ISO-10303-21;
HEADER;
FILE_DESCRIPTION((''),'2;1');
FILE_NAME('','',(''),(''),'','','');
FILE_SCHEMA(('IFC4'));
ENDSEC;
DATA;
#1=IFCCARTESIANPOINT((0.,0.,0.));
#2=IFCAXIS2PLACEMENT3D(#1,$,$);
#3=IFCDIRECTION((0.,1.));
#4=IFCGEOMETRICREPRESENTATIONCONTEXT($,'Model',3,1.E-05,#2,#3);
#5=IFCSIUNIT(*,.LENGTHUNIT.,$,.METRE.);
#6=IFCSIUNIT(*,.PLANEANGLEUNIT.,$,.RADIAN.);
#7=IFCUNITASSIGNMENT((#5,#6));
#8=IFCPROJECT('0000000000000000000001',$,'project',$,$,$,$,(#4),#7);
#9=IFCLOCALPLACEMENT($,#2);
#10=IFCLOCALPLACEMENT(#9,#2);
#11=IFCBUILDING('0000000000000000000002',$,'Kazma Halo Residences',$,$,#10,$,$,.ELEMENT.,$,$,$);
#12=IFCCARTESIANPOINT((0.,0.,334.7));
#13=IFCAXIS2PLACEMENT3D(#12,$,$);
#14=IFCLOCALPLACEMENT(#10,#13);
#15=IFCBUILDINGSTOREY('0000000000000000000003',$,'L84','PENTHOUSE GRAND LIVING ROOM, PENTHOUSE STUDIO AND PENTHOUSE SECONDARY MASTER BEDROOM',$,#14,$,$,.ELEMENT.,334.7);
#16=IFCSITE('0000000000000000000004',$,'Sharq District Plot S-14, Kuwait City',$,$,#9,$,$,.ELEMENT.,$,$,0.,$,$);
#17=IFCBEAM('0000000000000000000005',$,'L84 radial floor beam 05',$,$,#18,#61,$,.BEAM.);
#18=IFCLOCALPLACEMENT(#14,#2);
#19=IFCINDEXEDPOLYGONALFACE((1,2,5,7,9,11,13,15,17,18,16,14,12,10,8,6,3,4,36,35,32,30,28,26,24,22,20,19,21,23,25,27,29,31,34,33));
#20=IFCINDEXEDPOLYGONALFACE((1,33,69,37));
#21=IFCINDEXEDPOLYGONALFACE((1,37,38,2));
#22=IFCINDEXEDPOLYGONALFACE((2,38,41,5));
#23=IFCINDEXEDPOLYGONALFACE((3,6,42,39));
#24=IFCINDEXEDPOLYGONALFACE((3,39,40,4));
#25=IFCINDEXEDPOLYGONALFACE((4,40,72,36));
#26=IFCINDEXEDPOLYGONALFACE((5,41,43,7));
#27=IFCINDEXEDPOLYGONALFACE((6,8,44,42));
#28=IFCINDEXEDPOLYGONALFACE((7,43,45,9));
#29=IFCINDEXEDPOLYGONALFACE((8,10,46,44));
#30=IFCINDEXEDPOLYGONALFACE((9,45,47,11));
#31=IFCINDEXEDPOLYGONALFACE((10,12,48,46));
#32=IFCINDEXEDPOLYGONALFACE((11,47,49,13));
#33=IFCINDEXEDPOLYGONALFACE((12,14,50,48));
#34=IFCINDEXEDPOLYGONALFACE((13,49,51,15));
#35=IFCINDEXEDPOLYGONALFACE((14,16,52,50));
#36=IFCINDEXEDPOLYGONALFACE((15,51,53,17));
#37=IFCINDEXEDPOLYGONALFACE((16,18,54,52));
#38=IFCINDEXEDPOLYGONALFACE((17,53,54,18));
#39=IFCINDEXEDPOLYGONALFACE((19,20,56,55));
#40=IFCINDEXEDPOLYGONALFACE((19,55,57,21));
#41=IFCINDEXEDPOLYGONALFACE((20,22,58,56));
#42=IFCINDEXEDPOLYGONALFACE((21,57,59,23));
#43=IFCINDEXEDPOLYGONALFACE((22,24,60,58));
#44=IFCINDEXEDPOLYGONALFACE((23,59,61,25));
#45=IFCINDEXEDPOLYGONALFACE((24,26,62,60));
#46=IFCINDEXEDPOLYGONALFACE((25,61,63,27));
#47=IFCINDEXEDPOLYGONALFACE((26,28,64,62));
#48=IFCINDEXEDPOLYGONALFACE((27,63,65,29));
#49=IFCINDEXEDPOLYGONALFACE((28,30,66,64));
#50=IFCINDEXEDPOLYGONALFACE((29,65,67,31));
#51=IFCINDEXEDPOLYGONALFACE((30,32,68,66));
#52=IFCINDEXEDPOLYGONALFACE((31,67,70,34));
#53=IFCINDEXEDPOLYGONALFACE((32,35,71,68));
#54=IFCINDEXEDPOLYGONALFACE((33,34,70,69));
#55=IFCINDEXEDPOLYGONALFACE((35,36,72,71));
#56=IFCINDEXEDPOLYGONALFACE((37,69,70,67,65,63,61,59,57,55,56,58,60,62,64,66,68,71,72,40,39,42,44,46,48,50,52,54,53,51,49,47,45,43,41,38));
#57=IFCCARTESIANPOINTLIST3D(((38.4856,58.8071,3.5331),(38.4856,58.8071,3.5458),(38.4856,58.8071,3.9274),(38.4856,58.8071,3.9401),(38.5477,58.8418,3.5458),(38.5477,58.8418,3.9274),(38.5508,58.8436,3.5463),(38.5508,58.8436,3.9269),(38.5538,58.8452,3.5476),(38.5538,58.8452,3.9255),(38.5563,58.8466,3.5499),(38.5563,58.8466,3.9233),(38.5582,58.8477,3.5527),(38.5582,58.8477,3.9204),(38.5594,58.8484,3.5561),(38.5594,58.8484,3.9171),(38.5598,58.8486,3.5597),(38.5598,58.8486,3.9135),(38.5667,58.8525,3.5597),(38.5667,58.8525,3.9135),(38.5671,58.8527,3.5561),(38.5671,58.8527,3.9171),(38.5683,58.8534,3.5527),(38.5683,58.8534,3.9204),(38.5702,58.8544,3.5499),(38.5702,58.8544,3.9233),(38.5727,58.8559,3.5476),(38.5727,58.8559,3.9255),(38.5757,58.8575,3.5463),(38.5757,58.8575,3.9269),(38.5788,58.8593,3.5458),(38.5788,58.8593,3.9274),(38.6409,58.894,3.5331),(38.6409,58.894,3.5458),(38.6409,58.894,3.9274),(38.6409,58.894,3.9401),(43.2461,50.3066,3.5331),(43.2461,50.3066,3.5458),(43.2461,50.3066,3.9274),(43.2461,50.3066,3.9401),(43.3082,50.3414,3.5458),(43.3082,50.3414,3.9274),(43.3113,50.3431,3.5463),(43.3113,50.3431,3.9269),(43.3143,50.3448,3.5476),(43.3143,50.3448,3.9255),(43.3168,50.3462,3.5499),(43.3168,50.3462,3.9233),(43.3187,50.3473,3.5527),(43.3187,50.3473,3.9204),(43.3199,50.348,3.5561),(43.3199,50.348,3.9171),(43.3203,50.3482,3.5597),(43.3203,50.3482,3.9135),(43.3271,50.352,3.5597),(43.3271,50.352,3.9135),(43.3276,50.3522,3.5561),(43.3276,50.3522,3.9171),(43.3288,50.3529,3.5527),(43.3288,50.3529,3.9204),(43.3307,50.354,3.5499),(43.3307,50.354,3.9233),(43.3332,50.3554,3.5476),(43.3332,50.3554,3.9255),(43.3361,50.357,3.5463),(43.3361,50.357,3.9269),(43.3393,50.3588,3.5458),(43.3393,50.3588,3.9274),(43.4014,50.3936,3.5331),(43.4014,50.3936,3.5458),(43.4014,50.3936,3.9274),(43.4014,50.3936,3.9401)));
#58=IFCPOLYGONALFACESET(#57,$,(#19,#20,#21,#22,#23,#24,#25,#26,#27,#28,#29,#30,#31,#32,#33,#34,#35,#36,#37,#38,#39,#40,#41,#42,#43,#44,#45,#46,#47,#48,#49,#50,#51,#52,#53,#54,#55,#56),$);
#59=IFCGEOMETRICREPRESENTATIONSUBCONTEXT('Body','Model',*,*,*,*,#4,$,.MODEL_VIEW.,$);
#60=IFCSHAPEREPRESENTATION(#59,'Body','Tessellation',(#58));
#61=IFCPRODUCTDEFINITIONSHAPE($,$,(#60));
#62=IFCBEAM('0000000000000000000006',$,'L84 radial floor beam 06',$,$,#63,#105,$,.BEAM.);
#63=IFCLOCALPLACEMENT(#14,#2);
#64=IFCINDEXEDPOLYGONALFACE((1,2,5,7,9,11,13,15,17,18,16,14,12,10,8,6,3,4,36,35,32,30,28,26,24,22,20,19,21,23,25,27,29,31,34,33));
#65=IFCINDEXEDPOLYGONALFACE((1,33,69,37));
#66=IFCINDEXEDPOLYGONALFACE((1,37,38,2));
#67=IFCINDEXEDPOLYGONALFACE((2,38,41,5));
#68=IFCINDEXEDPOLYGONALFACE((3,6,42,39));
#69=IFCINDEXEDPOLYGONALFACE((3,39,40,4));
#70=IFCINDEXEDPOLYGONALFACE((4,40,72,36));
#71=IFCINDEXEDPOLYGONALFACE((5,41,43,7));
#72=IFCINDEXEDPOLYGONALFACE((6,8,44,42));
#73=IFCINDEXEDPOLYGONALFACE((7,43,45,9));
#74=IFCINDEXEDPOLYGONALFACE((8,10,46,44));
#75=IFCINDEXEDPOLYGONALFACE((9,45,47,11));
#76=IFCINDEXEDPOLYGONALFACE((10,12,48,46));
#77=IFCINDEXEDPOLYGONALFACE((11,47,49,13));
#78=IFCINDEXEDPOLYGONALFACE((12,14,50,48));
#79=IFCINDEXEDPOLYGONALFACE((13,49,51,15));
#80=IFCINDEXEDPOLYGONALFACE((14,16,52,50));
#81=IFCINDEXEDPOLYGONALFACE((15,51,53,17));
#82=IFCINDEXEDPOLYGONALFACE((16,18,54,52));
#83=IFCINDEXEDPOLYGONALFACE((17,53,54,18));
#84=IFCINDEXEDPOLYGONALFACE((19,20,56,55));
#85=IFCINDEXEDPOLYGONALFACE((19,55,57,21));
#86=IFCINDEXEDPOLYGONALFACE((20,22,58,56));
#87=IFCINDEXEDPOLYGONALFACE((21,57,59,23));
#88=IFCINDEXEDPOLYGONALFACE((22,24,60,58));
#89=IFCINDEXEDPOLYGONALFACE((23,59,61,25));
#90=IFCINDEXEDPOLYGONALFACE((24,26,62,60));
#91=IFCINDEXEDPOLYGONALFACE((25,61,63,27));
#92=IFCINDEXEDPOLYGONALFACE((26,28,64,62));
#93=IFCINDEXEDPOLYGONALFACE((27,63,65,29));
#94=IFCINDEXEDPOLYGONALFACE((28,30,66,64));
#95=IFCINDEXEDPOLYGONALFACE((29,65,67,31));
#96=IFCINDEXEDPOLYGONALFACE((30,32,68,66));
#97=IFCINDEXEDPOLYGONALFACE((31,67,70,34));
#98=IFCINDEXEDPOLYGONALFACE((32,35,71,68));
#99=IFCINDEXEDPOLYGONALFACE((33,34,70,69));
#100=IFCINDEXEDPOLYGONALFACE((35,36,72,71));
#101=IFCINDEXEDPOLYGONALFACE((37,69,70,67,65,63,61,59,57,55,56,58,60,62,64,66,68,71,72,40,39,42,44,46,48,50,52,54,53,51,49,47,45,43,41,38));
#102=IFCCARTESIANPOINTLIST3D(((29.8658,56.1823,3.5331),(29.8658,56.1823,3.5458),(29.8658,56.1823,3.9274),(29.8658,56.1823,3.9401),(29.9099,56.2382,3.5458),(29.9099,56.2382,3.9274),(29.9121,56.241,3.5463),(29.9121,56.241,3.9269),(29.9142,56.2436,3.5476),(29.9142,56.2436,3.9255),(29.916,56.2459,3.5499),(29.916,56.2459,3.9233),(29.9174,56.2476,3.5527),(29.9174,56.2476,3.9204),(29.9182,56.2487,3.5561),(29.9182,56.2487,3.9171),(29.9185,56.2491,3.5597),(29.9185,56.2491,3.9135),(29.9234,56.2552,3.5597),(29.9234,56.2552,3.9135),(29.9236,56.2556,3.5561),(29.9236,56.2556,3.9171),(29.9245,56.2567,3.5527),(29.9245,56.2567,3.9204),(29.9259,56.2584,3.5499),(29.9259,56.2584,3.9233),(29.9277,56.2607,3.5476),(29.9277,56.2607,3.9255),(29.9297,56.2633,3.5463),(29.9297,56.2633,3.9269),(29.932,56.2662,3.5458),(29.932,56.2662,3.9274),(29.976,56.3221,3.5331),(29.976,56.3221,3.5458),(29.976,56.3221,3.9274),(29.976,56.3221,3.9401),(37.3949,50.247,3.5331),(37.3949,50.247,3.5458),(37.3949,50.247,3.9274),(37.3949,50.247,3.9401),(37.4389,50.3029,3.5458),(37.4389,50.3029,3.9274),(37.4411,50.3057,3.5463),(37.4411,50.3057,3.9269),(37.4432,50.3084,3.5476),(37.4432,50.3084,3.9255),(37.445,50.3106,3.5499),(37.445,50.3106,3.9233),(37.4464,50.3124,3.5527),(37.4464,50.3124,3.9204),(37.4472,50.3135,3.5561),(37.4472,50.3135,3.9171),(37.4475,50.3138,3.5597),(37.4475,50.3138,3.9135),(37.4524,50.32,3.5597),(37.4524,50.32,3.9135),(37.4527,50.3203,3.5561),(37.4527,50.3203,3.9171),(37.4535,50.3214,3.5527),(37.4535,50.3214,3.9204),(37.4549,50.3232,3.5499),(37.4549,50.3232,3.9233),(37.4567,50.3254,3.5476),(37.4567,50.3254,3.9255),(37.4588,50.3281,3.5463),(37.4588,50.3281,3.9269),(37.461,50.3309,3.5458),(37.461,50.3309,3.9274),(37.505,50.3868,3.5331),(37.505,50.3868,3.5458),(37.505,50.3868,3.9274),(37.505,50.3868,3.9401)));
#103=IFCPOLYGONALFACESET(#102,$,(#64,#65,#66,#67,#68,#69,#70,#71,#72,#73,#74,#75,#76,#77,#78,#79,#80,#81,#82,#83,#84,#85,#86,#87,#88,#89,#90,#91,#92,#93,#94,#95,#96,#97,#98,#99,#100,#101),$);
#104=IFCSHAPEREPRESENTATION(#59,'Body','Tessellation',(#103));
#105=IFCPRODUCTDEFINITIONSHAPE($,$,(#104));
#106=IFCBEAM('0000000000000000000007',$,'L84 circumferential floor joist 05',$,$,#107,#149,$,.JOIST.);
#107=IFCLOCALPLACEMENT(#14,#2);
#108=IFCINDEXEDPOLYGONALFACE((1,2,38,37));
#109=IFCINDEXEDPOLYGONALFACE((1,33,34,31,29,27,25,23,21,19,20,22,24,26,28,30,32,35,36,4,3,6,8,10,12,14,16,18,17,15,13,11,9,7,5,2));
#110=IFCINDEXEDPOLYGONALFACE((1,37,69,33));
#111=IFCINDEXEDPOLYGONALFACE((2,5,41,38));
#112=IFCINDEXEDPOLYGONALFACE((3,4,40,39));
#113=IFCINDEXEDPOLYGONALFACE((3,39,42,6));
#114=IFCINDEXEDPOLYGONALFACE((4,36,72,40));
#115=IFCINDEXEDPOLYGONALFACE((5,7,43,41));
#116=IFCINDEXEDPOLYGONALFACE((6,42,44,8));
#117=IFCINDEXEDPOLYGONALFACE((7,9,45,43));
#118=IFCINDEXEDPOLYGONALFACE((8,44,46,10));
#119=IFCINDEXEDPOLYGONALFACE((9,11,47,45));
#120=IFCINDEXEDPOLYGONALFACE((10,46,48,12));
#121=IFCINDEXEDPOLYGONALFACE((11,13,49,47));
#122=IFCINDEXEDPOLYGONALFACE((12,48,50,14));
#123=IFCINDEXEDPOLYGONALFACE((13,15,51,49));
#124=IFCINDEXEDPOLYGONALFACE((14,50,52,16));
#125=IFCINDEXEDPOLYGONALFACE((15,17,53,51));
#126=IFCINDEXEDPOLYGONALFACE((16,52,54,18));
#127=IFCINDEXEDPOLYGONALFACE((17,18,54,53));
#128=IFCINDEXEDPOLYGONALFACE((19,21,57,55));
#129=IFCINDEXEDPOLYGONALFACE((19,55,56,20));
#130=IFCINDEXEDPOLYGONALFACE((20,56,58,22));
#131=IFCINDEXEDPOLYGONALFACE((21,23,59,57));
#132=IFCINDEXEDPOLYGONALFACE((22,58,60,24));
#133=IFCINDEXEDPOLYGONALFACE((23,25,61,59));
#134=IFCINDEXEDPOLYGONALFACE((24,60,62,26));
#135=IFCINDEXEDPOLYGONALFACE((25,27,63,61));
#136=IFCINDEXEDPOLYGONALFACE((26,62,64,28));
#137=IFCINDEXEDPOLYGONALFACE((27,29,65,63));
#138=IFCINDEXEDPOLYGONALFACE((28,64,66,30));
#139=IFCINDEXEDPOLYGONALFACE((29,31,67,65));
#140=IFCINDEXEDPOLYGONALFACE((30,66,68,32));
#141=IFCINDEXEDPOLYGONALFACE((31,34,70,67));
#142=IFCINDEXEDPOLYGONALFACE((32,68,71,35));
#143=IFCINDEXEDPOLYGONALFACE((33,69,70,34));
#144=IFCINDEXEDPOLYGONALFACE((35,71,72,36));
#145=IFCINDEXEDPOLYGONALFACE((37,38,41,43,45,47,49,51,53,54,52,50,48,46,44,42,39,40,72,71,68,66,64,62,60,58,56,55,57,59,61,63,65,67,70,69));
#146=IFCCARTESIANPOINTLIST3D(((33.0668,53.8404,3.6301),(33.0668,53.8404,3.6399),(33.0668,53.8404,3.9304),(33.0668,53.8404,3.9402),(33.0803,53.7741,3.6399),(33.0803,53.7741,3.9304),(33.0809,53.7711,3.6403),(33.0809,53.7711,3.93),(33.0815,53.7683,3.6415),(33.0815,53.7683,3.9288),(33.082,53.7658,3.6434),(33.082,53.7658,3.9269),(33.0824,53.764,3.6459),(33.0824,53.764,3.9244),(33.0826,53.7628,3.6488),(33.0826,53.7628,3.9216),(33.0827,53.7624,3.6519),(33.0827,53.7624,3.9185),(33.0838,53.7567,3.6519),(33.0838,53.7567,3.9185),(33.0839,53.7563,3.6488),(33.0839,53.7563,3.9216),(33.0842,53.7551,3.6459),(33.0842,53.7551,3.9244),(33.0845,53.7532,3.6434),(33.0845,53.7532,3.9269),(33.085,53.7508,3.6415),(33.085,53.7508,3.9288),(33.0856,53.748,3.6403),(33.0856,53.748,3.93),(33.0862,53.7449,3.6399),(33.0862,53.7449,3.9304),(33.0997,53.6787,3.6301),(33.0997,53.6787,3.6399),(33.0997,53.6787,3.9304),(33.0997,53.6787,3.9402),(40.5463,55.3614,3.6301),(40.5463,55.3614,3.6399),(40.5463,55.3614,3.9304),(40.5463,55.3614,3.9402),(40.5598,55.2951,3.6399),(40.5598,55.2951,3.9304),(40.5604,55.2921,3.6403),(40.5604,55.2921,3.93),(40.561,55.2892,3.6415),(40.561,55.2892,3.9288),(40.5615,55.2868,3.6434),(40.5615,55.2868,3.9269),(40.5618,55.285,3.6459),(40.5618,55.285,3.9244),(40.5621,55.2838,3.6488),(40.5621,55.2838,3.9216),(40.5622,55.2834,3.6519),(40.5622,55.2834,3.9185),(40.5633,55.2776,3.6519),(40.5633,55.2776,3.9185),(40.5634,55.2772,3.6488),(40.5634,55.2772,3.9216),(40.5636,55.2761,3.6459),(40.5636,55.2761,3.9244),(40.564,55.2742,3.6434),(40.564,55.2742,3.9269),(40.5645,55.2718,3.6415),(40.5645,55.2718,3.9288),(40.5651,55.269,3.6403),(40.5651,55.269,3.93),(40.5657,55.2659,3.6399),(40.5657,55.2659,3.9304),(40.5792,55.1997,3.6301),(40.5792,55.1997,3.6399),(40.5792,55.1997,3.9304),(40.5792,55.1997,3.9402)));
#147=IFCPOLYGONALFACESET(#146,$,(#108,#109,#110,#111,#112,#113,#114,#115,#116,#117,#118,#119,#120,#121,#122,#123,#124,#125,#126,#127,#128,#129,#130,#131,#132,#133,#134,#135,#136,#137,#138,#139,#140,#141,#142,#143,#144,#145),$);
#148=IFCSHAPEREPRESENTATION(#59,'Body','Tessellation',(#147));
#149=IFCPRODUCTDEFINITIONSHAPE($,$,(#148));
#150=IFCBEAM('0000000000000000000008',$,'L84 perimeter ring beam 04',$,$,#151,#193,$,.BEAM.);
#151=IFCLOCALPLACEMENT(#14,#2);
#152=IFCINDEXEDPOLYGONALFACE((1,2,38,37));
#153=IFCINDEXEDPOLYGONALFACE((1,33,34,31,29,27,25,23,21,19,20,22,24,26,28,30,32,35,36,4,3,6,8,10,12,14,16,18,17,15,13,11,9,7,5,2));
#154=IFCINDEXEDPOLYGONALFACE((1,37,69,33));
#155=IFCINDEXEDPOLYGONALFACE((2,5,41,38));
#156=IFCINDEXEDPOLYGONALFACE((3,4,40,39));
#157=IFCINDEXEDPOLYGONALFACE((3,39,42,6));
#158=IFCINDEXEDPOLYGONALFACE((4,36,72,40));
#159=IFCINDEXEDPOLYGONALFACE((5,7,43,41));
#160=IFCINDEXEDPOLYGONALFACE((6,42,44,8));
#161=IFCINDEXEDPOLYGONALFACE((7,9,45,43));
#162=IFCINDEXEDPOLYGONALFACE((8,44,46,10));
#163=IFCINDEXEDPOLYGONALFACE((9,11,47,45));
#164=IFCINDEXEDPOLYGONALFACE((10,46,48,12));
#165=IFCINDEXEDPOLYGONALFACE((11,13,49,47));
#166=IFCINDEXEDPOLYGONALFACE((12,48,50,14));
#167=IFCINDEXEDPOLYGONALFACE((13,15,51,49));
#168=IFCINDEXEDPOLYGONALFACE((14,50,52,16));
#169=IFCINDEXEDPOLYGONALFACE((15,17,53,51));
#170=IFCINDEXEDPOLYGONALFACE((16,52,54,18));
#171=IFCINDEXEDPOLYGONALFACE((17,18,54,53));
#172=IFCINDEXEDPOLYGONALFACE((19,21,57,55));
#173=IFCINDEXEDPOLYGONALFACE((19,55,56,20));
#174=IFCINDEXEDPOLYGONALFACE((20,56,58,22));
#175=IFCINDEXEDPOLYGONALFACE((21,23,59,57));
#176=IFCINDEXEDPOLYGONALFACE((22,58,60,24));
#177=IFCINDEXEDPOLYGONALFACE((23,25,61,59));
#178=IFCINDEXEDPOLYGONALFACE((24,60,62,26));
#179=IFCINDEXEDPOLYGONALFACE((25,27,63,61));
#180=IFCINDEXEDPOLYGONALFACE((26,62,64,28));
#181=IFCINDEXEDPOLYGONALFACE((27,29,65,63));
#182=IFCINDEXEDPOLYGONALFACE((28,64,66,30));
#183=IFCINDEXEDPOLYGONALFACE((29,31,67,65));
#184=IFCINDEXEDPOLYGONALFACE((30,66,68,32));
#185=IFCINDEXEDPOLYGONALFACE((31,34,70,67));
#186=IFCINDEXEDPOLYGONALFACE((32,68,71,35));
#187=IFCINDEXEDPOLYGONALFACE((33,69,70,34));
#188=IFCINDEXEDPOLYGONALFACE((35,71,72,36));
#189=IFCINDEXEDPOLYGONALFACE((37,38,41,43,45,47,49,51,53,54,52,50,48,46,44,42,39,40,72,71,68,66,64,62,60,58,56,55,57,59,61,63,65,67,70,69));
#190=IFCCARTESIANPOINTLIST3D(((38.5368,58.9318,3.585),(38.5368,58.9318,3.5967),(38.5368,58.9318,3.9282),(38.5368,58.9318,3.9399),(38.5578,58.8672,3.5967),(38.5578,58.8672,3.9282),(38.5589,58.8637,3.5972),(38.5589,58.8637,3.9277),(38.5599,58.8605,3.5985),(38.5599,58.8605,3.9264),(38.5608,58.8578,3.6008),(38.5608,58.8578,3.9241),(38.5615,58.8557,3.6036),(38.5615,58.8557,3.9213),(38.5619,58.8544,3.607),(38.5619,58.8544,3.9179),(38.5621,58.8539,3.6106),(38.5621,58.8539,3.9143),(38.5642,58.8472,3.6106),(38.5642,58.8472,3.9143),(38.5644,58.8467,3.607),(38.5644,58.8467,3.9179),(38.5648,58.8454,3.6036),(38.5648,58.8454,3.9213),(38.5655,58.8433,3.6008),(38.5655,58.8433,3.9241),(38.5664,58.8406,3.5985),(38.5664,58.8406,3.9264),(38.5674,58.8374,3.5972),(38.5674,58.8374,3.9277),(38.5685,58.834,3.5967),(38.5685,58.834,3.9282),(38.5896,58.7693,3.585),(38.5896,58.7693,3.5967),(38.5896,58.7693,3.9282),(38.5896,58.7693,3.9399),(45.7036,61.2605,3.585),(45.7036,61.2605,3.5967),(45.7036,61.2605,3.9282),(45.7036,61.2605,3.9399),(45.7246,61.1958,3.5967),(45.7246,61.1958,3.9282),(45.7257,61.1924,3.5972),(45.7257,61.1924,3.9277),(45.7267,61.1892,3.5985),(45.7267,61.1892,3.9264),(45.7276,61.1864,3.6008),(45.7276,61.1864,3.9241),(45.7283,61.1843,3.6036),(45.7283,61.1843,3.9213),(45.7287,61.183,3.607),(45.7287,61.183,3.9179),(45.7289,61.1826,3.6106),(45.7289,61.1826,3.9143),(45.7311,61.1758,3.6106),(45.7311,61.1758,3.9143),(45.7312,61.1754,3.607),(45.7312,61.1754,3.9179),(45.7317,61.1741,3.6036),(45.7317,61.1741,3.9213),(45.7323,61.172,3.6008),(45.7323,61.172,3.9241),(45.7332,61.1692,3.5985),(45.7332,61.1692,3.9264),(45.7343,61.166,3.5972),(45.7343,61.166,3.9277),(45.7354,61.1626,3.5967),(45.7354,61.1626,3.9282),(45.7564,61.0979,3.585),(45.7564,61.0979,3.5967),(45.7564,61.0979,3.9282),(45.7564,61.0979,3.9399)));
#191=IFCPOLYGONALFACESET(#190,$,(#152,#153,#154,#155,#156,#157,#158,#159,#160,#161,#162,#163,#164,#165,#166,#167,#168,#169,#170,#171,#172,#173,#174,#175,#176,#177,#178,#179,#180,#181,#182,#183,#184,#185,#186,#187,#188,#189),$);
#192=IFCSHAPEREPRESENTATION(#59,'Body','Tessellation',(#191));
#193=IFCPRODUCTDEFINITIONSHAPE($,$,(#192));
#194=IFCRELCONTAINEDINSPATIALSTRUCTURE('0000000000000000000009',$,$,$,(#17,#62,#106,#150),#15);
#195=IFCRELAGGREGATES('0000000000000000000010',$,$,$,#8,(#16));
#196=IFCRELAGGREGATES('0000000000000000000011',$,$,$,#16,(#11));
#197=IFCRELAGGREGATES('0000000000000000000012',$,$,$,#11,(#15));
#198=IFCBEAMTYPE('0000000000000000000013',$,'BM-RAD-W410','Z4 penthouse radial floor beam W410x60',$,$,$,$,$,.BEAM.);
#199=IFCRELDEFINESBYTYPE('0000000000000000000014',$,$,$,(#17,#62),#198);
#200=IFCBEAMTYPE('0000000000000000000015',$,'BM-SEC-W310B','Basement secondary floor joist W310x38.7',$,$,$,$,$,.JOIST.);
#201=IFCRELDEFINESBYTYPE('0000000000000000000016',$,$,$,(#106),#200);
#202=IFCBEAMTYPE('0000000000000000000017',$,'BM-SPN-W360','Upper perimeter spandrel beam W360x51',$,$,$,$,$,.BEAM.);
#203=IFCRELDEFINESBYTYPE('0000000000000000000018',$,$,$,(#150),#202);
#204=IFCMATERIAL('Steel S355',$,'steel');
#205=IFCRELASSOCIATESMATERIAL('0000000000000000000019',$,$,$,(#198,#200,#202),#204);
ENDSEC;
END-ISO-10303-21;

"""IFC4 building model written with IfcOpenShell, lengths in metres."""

from ifc_helpers import new_model, si_unit, direction, frame, origin, origin_2d, place, context, subcontext, project, spatial, i_section, extrude, material, material_profile, profile_set, type_object, element, save


model = new_model("IFC4")

# Units and contexts
model_context = context("Model", 3, precision=1e-05, world=origin(), true_north=direction((0.0, 1.0)))
body_context = subcontext(model_context, "Body", "Model", "MODEL_VIEW")
ifc_project = project(units=[si_unit("LENGTHUNIT", "METRE"), si_unit("PLANEANGLEUNIT", "RADIAN")], contexts=[model_context])

# Site, building, storey
site_placement = place(None, origin())
site = spatial("IfcSite", under=ifc_project, at=site_placement, Name="Sharq District Plot S-14, Kuwait City", CompositionType="ELEMENT", RefElevation=0.0)
building_placement = place(site_placement, origin())
building = spatial("IfcBuilding", under=site, at=building_placement, Name="Kazma Halo Residences", CompositionType="ELEMENT")
storey_placement = place(building_placement, frame((0.0, 0.0, 334.7)))
storey = spatial("IfcBuildingStorey", under=building, at=storey_placement, Name="L84", Description="PENTHOUSE GRAND LIVING ROOM, PENTHOUSE STUDIO AND PENTHOUSE SECONDARY MASTER BEDROOM", CompositionType="ELEMENT", Elevation=334.7)

# Beams
ifc_material_1 = material(Name="Steel S355", Category="steel")
ifc_material_profile_1 = material_profile(ifc_material_1, i_section(OverallWidth=0.178, OverallDepth=0.407, WebThickness=0.0078, FlangeThickness=0.0127, FilletRadius=0.0139, at=origin_2d()), Name="W410x60")
ifc_profile_set_1 = profile_set([ifc_material_profile_1], Name="Steel S355")
beam_type_1 = type_object("IfcBeamType", Name="BM-RAD-W410", Description="Z4 penthouse radial floor beam W410x60", PredefinedType="BEAM", material=ifc_profile_set_1)
beam_1_placement = place(storey_placement, frame((43.3237, 50.3501, 3.7366), z_axis=(-0.488621, 0.872496, 0.0), x_axis=(-0.872496, -0.488621, 0.0)))
element("IfcBeam", 1, at=beam_1_placement, inside=storey, type_object=beam_type_1, Name="L84 radial floor beam 05", PredefinedType="BEAM", context=body_context, shape_type="SweptSolid", body=[
    extrude(i_section(OverallWidth=0.178, OverallDepth=0.407, WebThickness=0.0078, FlangeThickness=0.0127, FilletRadius=0.0139, at=origin_2d()), origin(), (0.0, 0.0, 1.0), 9.7427),
])
beam_2_placement = place(storey_placement, frame((37.45, 50.3169, 3.7366), z_axis=(-0.785323, 0.619086, 0.0), x_axis=(-0.619086, -0.785323, 0.0)))
element("IfcBeam", 2, at=beam_2_placement, inside=storey, type_object=beam_type_1, Name="L84 radial floor beam 06", PredefinedType="BEAM", context=body_context, shape_type="SweptSolid", body=[
    extrude(i_section(OverallWidth=0.178, OverallDepth=0.407, WebThickness=0.0078, FlangeThickness=0.0127, FilletRadius=0.0139, at=origin_2d()), origin(), (0.0, 0.0, 1.0), 9.5872),
])
ifc_material_profile_2 = material_profile(ifc_material_1, i_section(OverallWidth=0.165, OverallDepth=0.3101, WebThickness=0.0059, FlangeThickness=0.0098, FilletRadius=0.012, at=origin_2d()), Name="W310x38.7")
ifc_profile_set_2 = profile_set([ifc_material_profile_2], Name="Steel S355")
beam_type_2 = type_object("IfcBeamType", Name="BM-SEC-W310B", Description="Basement secondary floor joist W310x38.7", PredefinedType="JOIST", material=ifc_profile_set_2)
beam_3_placement = place(storey_placement, frame((40.5627, 55.2805, 3.7852), z_axis=(-0.979943, -0.199277, 0.0), x_axis=(0.199277, -0.979943, 0.0)))
element("IfcBeam", 3, at=beam_3_placement, inside=storey, type_object=beam_type_2, Name="L84 circumferential floor joist 05", PredefinedType="JOIST", context=body_context, shape_type="SweptSolid", body=[
    extrude(i_section(OverallWidth=0.165, OverallDepth=0.3101, WebThickness=0.0059, FlangeThickness=0.0098, FilletRadius=0.012, at=origin_2d()), origin(), (0.0, 0.0, 1.0), 7.6326),
])
ifc_material_profile_3 = material_profile(ifc_material_1, i_section(OverallWidth=0.1709, OverallDepth=0.355, WebThickness=0.0071, FlangeThickness=0.0117, FilletRadius=0.0139, at=origin_2d()), Name="W360x51")
ifc_profile_set_3 = profile_set([ifc_material_profile_3], Name="Steel S355")
beam_type_3 = type_object("IfcBeamType", Name="BM-SPN-W360", Description="Upper perimeter spandrel beam W360x51", PredefinedType="BEAM", material=ifc_profile_set_3)
beam_4_placement = place(storey_placement, frame((45.73, 61.1792, 3.7625), z_axis=(-0.951057, -0.309016, 0.0), x_axis=(0.309016, -0.951057, 0.0)))
element("IfcBeam", 4, at=beam_4_placement, inside=storey, type_object=beam_type_3, Name="L84 perimeter ring beam 04", PredefinedType="BEAM", context=body_context, shape_type="SweptSolid", body=[
    extrude(i_section(OverallWidth=0.1709, OverallDepth=0.355, WebThickness=0.0071, FlangeThickness=0.0117, FilletRadius=0.0139, at=origin_2d()), origin(), (0.0, 0.0, 1.0), 7.5356),
])

save(model, "model.ifc")
